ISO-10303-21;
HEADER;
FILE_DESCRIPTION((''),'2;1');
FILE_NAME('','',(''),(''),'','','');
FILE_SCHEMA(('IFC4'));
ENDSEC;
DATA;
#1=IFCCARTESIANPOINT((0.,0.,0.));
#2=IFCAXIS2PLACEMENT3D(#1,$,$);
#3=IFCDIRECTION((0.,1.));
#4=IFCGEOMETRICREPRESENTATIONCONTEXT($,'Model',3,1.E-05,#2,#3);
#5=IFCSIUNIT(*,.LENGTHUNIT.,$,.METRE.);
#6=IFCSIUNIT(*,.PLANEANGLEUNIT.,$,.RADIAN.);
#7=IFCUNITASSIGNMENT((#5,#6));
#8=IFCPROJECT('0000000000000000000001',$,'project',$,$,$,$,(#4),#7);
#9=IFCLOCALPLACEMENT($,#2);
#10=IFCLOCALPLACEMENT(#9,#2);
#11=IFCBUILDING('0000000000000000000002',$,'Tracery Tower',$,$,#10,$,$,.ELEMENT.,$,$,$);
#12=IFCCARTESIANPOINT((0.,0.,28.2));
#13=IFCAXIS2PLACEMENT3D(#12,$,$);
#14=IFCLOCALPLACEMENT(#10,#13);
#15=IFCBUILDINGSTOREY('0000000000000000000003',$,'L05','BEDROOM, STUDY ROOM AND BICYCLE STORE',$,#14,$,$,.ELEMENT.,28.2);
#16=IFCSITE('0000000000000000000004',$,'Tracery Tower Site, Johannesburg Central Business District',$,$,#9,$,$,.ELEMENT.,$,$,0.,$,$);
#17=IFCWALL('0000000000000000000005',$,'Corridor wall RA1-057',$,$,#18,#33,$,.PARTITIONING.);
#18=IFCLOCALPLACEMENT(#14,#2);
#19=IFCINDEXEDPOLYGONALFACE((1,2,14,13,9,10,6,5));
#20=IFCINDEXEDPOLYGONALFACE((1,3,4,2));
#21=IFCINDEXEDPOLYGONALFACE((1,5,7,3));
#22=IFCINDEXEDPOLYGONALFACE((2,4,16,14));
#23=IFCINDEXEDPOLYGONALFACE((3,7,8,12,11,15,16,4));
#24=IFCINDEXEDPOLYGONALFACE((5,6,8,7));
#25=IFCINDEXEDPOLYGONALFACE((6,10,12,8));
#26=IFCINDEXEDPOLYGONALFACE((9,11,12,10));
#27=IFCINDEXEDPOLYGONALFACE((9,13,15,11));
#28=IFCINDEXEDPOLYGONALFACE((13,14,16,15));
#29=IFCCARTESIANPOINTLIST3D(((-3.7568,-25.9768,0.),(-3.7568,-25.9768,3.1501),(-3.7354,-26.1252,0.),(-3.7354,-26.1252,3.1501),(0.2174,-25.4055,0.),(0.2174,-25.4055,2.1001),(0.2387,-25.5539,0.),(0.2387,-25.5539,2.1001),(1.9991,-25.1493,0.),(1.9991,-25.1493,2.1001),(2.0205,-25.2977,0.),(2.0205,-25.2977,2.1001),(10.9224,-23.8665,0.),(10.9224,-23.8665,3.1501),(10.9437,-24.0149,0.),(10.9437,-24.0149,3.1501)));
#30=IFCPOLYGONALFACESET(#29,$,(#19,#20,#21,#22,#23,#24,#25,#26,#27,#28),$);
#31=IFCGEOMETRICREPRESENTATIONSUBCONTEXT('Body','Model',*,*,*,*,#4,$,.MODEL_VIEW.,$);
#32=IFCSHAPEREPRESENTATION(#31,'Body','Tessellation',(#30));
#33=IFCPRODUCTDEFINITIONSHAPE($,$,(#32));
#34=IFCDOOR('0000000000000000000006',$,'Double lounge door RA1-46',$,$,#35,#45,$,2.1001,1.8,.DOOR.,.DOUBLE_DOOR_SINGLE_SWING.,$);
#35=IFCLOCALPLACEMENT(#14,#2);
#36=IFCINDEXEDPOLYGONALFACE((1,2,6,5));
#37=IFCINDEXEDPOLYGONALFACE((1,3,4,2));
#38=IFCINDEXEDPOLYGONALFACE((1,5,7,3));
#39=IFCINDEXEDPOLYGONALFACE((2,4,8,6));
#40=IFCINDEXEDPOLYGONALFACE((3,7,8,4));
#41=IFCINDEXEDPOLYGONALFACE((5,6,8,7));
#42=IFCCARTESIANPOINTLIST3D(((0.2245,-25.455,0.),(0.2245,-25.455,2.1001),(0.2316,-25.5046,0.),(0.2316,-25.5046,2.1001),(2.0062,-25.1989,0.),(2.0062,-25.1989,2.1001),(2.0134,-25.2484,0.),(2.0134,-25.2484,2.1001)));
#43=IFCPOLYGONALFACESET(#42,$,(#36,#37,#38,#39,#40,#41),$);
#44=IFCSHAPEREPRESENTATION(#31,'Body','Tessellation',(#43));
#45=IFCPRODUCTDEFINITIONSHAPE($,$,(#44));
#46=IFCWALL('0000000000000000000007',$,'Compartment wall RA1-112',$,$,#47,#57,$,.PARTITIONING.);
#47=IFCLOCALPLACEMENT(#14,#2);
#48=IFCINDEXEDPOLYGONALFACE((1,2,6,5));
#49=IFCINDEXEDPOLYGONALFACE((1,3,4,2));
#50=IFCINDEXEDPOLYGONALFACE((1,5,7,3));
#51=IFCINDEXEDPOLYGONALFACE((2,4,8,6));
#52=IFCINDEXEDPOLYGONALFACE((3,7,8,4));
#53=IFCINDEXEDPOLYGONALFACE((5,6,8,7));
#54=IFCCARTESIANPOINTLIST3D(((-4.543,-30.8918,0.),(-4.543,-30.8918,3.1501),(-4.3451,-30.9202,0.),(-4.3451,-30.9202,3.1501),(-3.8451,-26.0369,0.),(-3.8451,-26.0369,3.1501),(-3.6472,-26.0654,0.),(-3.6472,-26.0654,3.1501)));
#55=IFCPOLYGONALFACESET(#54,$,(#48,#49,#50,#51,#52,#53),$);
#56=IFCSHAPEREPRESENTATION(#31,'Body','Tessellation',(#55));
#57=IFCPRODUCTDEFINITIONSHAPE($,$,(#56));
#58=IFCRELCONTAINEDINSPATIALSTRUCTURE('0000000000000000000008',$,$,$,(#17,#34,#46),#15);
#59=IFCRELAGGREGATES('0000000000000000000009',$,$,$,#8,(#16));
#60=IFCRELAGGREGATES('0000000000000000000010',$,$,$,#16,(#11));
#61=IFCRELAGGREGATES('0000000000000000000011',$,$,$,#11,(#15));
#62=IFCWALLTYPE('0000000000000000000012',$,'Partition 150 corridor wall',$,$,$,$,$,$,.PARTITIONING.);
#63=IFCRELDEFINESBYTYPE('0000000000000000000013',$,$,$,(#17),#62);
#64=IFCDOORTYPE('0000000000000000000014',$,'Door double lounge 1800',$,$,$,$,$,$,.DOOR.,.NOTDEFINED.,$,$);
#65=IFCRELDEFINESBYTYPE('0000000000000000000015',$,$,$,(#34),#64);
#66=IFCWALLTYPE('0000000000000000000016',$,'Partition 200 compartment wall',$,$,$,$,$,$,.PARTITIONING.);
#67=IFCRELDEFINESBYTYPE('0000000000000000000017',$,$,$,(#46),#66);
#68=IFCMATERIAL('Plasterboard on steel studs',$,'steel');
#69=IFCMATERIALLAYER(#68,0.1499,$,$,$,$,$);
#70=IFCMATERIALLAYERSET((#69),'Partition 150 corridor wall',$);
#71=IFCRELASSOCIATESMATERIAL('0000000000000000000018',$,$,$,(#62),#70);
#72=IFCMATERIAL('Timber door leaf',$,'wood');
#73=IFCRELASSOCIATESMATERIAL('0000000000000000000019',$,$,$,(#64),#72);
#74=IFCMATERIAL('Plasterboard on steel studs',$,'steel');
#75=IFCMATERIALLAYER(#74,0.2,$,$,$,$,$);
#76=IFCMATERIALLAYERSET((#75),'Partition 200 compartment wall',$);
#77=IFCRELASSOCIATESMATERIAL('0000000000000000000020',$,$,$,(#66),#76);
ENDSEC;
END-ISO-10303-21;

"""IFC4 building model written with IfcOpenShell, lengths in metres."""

from ifc_helpers import new_model, si_unit, direction, frame, frame_2d, origin, place, context, subcontext, project, spatial, rectangle, extrude, material, layer, layer_set, type_object, element, fill, save


model = new_model("IFC4")

# Units and contexts
model_context = context("Model", 3, precision=1e-05, world=origin(), true_north=direction((0.0, 1.0)))
body_context = subcontext(model_context, "Body", "Model", "MODEL_VIEW")
ifc_project = project(units=[si_unit("LENGTHUNIT", "METRE"), si_unit("PLANEANGLEUNIT", "RADIAN")], contexts=[model_context])

# Site, building, storey
site_placement = place(None, origin())
site = spatial("IfcSite", under=ifc_project, at=site_placement, Name="Tracery Tower Site, Johannesburg Central Business District", CompositionType="ELEMENT", RefElevation=0.0)
building_placement = place(site_placement, origin())
building = spatial("IfcBuilding", under=site, at=building_placement, Name="Tracery Tower", CompositionType="ELEMENT")
storey_placement = place(building_placement, frame((0.0, 0.0, 28.2)))
storey = spatial("IfcBuildingStorey", under=building, at=storey_placement, Name="L05", Description="BEDROOM, STUDY ROOM AND BICYCLE STORE", CompositionType="ELEMENT", Elevation=28.2)

# Shared definitions
ifc_material_1 = material(Name="Plasterboard on steel studs", Category="steel")
ifc_layer_1 = layer(ifc_material_1, 0.1499)
ifc_layer_set_1 = layer_set([ifc_layer_1], Name="Partition 150 corridor wall")
wall_type_1 = type_object("IfcWallType", Name="Partition 150 corridor wall", PredefinedType="PARTITIONING", material=ifc_layer_set_1)

# Wall, opening, door
wall_1_placement = place(storey_placement, frame((-3.7461, -26.051, 0.0), z_axis=(0.0, 0.0, 1.0), x_axis=(0.989823, 0.142302, 0.0)))
wall_1 = element("IfcWall", 1, at=wall_1_placement, inside=storey, type_object=wall_type_1, Name="Corridor wall RA1-057", PredefinedType="PARTITIONING", context=body_context, shape_type="SweptSolid", body=[
    extrude(rectangle(XDim=14.8301, YDim=0.1499, at=frame_2d((7.415, 0.0))), origin(), (0.0, 0.0, 1.0), 3.1501),
])
opening_1_placement = place(wall_1_placement, frame((4.0151, 0.0, 0.0)))
opening_1 = element("IfcOpeningElement", 2, at=opening_1_placement, cuts=wall_1, PredefinedType="OPENING", context=body_context, shape_type="SweptSolid", body=[
    extrude(rectangle(XDim=1.8, YDim=2.1001, at=frame_2d((0.8999, 1.05))), frame((0.0, 0.075, 0.0), z_axis=(0.0, -1.0, 0.0), x_axis=(1.0, 0.0, 0.0)), (0.0, 0.0, 1.0), 0.1499),
])
ifc_material_2 = material(Name="Timber door leaf", Category="wood")
door_type = type_object("IfcDoorType", Name="Door double lounge 1800", OperationType="NOTDEFINED", PredefinedType="DOOR", material=ifc_material_2)
door_placement = place(opening_1_placement, origin())
door = element("IfcDoor", 3, at=door_placement, inside=storey, type_object=door_type, Name="Double lounge door RA1-46", OperationType="DOUBLE_DOOR_SINGLE_SWING", OverallHeight=2.1001, OverallWidth=1.8, PredefinedType="DOOR", context=body_context, shape_type="SweptSolid", body=[
    extrude(rectangle(XDim=1.8, YDim=2.1001, at=frame_2d((0.8999, 1.05))), frame((0.0, 0.0249, 0.0), z_axis=(0.0, -1.0, 0.0), x_axis=(1.0, 0.0, 0.0)), (0.0, 0.0, 1.0), 0.05),
])
fill(opening_1, door)

# Wall
ifc_material_3 = material(Name="Plasterboard on steel studs", Category="steel")
ifc_layer_2 = layer(ifc_material_3, 0.2)
ifc_layer_set_2 = layer_set([ifc_layer_2], Name="Partition 200 compartment wall")
wall_type_2 = type_object("IfcWallType", Name="Partition 200 compartment wall", PredefinedType="PARTITIONING", material=ifc_layer_set_2)
wall_2_placement = place(storey_placement, frame((-4.4441, -30.906, 0.0), z_axis=(0.0, 0.0, 1.0), x_axis=(0.142306, 0.989823, 0.0)))
element("IfcWall", 4, at=wall_2_placement, inside=storey, type_object=wall_type_2, Name="Compartment wall RA1-112", PredefinedType="PARTITIONING", context=body_context, shape_type="SweptSolid", body=[
    extrude(rectangle(XDim=4.9048, YDim=0.2, at=frame_2d((2.4524, 0.0))), origin(), (0.0, 0.0, 1.0), 3.1501),
])

save(model, "model.ifc")
